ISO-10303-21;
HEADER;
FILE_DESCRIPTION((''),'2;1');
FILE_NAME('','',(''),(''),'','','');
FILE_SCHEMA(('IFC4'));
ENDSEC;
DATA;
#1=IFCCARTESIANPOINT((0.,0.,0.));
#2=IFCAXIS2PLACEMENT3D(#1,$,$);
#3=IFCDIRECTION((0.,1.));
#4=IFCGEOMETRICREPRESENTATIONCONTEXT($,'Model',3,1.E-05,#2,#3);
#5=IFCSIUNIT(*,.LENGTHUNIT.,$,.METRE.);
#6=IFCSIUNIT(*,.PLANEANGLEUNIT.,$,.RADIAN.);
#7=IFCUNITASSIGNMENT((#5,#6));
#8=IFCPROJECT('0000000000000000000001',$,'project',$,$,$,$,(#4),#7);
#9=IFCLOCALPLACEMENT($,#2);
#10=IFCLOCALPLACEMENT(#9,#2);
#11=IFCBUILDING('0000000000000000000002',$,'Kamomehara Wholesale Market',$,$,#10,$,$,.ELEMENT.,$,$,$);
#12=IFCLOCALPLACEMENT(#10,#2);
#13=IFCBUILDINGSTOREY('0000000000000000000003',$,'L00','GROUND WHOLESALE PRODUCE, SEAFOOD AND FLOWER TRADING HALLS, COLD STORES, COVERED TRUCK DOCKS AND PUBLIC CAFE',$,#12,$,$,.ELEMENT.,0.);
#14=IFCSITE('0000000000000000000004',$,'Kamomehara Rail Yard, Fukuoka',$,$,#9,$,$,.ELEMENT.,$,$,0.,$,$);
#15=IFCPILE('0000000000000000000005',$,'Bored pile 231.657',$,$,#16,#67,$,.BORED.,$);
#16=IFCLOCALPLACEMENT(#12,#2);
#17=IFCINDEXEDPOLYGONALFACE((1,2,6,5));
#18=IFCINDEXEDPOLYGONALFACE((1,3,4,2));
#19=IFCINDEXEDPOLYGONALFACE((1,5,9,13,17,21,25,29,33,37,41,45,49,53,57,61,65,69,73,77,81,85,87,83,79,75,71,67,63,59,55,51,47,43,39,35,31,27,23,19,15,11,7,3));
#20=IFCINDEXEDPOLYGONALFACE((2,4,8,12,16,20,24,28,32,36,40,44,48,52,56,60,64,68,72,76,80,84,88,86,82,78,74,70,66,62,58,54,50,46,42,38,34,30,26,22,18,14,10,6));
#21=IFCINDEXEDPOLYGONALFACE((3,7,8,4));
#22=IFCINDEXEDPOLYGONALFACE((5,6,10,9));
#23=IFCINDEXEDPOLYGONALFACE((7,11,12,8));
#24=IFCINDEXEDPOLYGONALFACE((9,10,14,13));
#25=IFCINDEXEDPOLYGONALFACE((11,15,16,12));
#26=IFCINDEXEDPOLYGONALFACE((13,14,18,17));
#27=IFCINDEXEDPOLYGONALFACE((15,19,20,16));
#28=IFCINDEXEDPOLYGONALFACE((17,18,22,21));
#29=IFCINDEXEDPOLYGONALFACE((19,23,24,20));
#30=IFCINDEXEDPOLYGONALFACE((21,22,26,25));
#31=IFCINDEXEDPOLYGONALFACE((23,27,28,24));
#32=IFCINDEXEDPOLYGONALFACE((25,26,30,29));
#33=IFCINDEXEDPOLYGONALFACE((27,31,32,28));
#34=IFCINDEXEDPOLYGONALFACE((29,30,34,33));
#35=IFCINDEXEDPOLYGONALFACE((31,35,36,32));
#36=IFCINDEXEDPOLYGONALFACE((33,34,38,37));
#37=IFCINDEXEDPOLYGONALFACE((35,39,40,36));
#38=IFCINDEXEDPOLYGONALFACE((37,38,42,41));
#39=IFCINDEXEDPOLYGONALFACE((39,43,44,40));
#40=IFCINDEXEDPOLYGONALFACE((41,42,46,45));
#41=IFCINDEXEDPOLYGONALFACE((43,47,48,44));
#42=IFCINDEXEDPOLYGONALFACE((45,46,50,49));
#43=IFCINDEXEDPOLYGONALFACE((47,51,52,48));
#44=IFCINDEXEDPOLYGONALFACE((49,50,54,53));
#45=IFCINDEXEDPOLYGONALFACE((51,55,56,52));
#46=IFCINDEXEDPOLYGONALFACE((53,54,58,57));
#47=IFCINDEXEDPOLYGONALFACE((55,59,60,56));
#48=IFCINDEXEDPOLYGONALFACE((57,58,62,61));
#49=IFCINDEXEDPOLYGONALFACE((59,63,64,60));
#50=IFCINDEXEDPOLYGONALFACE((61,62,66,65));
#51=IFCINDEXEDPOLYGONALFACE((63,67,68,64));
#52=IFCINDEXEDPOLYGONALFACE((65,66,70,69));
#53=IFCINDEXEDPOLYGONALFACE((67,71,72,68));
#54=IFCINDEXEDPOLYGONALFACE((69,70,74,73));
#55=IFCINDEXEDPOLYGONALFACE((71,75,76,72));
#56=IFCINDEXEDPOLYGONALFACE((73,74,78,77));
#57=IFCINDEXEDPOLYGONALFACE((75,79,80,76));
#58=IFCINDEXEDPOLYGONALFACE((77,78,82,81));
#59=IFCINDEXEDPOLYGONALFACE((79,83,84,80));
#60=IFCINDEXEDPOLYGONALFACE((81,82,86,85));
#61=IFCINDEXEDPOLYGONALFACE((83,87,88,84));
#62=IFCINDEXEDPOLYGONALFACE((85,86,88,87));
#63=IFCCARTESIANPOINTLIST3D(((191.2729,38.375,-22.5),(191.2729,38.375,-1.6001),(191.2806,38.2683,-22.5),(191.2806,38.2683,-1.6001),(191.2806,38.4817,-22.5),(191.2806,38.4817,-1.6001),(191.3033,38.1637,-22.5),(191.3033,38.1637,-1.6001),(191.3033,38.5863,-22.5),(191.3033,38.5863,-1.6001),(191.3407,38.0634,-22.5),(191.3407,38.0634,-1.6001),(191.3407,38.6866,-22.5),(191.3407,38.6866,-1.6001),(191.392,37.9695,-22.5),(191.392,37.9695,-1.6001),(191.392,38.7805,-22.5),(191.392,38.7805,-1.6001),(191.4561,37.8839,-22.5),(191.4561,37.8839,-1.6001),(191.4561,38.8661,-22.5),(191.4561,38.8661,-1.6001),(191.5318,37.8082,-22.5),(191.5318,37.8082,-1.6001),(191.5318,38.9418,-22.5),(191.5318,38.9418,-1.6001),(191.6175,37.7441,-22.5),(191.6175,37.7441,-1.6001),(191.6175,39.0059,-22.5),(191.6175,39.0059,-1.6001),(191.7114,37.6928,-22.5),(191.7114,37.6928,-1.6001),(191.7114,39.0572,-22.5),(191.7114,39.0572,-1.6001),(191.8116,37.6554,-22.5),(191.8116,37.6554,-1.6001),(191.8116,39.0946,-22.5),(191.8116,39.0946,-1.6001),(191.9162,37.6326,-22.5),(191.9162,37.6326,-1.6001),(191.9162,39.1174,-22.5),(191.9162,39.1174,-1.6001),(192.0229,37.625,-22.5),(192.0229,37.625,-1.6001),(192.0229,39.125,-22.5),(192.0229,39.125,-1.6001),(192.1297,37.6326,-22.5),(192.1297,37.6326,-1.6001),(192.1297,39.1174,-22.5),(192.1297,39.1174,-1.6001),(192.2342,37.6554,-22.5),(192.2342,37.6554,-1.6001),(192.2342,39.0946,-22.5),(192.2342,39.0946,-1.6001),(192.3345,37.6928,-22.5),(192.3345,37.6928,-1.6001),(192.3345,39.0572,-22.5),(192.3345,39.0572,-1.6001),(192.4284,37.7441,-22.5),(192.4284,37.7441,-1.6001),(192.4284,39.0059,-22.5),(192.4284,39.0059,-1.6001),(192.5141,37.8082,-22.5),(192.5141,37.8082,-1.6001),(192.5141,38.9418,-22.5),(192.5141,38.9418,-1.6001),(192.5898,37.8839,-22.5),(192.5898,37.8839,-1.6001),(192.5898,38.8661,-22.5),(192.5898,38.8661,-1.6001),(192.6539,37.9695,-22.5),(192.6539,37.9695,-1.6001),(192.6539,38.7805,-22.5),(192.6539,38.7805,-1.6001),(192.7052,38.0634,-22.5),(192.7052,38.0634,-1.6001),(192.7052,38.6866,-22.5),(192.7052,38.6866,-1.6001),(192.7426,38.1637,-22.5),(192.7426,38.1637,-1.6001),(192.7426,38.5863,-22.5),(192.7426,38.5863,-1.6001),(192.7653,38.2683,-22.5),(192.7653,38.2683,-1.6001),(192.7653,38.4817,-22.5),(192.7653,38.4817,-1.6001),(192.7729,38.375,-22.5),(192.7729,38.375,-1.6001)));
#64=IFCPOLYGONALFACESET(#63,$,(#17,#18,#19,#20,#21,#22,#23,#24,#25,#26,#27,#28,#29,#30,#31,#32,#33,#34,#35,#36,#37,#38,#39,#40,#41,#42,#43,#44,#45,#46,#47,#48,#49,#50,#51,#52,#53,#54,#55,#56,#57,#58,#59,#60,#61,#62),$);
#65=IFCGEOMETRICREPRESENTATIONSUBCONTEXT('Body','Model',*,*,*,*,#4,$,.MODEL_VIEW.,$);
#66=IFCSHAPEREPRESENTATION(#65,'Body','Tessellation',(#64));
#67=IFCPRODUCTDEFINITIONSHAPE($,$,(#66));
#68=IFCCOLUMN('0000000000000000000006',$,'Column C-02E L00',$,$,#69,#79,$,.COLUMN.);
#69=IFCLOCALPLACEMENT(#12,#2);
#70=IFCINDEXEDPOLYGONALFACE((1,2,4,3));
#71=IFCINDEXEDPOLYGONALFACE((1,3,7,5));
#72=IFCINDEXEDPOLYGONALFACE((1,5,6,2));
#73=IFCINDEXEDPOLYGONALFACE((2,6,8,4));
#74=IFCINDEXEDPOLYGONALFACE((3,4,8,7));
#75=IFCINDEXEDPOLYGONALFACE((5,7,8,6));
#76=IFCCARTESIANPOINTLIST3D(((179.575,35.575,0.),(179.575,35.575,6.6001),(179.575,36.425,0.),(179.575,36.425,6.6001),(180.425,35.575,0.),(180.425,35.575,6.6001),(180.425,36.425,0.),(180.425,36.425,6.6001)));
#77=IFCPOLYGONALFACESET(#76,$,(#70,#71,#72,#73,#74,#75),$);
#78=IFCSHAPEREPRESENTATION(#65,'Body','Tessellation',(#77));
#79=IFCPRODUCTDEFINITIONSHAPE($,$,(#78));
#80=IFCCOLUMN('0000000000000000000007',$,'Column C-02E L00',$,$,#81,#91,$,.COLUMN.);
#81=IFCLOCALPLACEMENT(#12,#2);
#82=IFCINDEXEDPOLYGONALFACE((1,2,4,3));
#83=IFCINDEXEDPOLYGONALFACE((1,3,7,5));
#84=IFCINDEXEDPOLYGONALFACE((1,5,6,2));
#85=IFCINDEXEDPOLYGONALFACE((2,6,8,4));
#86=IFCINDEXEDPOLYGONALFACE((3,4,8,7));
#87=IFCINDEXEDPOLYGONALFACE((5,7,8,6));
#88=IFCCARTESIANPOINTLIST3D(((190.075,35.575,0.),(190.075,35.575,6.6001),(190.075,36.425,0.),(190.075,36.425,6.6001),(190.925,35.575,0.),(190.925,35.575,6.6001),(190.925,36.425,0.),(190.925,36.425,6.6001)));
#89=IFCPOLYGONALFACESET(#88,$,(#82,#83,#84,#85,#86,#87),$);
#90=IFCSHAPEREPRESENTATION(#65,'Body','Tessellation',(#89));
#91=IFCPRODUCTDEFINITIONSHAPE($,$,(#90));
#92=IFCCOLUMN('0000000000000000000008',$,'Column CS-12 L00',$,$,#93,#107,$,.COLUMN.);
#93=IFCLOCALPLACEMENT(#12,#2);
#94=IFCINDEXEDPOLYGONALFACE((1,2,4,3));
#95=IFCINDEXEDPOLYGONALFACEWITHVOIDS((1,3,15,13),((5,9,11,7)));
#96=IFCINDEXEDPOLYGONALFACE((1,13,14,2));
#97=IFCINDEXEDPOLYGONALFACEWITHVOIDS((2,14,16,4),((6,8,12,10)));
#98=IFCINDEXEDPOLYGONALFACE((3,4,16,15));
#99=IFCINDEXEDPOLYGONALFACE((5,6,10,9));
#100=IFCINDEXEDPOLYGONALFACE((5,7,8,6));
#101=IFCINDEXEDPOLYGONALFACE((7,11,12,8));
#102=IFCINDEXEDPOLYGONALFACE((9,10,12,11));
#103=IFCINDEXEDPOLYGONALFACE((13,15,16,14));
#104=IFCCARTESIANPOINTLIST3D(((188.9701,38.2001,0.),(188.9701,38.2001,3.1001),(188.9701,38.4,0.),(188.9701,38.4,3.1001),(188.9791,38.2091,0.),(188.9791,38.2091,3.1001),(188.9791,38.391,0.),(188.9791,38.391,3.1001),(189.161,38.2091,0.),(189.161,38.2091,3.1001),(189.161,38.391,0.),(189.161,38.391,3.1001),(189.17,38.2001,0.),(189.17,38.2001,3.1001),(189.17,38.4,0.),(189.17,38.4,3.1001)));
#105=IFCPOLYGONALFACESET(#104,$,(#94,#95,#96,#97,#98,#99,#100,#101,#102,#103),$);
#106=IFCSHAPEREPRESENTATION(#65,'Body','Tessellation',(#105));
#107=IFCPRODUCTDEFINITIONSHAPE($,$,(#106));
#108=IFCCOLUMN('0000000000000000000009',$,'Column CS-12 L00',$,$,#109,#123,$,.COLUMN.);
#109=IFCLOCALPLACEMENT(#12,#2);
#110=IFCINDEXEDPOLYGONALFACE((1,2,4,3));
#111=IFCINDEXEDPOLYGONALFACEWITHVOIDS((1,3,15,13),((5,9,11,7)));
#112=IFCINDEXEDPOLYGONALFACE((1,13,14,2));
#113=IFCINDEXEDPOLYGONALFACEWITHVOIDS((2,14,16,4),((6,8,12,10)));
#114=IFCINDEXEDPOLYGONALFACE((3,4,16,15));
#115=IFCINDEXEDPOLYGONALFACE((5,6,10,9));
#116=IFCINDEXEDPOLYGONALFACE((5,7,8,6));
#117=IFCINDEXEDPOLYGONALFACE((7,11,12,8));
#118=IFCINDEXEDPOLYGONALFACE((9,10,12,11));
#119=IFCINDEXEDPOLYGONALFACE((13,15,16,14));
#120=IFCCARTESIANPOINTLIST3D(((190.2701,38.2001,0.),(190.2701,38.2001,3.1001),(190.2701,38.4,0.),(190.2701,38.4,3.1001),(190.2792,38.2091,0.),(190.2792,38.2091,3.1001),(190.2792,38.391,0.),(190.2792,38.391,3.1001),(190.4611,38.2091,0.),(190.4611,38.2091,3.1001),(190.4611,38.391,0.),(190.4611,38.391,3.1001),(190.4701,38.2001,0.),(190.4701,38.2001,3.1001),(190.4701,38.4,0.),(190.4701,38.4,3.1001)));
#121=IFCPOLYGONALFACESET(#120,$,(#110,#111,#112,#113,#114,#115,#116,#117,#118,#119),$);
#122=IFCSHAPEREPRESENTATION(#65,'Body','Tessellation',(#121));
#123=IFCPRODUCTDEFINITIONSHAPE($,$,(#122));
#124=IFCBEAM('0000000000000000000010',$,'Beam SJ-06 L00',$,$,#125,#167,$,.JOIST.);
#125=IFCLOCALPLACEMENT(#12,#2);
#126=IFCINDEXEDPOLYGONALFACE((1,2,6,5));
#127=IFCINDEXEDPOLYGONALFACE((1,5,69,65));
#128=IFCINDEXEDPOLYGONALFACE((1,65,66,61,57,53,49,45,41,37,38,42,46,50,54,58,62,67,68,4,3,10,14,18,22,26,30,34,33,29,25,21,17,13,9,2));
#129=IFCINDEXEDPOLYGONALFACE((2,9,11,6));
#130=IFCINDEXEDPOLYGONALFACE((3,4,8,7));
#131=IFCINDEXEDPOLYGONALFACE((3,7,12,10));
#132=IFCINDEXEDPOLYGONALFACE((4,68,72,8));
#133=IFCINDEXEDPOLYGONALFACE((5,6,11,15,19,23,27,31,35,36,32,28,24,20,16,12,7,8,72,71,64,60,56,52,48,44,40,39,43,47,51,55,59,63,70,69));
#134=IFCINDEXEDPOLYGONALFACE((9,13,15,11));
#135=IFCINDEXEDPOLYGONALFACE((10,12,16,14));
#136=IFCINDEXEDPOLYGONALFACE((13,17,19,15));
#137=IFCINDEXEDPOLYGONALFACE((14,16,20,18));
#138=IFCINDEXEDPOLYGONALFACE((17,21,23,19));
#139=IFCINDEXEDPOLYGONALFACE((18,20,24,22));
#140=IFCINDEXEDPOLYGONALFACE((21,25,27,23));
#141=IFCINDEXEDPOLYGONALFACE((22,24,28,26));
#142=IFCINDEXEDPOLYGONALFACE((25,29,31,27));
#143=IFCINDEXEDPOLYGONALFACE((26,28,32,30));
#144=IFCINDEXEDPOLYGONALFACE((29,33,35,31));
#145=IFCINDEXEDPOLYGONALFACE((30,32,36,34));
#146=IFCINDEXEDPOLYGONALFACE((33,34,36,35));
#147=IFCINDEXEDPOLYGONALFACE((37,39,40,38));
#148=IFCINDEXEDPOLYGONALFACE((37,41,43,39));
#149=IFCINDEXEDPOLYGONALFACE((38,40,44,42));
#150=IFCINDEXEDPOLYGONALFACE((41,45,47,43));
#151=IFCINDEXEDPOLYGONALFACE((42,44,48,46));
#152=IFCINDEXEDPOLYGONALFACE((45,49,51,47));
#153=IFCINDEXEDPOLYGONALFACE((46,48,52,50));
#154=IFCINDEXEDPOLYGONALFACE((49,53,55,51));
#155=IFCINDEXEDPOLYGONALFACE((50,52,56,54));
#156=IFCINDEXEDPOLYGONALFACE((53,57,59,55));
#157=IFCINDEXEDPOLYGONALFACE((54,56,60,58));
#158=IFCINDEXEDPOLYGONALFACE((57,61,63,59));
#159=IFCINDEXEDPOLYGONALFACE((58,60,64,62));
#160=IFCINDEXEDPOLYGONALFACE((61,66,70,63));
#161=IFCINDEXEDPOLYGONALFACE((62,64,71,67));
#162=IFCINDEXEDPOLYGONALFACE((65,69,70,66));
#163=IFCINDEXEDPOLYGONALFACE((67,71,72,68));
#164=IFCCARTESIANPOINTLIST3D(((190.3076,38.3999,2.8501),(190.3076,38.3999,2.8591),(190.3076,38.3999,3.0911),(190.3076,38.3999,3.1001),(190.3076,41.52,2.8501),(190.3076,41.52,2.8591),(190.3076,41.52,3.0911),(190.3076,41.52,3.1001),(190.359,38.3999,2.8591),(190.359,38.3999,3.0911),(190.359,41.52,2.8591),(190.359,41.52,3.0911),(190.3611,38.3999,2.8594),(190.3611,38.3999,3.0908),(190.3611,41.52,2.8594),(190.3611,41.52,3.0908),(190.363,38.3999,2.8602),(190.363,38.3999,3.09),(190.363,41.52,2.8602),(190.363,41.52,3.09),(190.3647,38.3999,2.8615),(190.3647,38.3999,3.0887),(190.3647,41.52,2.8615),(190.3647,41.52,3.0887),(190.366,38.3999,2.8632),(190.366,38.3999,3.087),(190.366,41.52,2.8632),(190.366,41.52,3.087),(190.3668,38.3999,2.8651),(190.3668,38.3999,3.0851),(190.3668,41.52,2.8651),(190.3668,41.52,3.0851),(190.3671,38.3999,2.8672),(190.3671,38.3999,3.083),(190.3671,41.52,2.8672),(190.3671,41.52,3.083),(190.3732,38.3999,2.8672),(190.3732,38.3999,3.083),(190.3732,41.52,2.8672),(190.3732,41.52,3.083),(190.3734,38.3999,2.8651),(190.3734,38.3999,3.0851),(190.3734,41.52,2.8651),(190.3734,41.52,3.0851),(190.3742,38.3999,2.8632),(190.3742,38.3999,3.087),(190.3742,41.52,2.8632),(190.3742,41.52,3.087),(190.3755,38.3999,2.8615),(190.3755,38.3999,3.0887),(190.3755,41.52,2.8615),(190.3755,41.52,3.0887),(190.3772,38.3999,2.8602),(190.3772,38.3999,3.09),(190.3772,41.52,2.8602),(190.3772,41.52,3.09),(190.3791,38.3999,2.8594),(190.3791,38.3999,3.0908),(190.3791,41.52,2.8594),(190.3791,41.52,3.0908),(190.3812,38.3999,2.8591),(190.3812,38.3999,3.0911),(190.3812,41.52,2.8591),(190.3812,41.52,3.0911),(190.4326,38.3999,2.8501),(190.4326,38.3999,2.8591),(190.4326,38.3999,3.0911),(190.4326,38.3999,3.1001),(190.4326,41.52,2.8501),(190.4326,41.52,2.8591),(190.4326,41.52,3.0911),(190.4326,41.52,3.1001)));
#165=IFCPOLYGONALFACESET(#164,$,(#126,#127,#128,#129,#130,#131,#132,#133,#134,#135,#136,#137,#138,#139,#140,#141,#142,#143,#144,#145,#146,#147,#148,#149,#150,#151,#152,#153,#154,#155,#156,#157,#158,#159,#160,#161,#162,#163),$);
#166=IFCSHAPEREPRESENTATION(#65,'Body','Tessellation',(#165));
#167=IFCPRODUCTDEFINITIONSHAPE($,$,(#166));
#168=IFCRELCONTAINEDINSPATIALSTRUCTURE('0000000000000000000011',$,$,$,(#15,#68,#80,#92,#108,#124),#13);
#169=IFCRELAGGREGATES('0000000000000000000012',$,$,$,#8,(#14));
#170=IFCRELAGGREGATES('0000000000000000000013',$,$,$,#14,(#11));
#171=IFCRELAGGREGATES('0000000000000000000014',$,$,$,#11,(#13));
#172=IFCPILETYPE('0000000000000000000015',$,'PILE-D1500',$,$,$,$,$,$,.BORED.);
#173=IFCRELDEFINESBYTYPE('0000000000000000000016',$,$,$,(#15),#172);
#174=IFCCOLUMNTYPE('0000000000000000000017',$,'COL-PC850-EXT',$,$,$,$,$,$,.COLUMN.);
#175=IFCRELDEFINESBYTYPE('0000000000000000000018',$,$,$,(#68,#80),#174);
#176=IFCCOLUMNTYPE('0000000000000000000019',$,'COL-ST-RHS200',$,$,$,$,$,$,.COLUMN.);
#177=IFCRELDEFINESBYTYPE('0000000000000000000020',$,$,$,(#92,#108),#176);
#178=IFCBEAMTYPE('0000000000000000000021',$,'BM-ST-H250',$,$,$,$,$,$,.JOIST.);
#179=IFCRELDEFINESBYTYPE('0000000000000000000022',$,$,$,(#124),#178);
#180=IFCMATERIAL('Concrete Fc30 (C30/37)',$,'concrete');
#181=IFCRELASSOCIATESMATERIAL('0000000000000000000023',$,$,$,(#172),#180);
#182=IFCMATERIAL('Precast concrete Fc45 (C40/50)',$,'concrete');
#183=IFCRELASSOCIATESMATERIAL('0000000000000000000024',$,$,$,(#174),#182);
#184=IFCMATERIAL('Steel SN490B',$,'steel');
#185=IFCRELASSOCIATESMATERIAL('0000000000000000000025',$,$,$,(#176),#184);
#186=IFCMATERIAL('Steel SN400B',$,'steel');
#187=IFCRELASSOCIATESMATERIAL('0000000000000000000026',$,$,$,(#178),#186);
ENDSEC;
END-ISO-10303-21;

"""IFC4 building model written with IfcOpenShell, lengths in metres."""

from ifc_helpers import new_model, si_unit, direction, frame, origin, origin_2d, place, context, subcontext, project, spatial, rectangle, hollow_rectangle, circle, i_section, extrude, material, material_profile, profile_set, type_object, element, save


model = new_model("IFC4")

# Units and contexts
model_context = context("Model", 3, precision=1e-05, world=origin(), true_north=direction((0.0, 1.0)))
body_context = subcontext(model_context, "Body", "Model", "MODEL_VIEW")
ifc_project = project(units=[si_unit("LENGTHUNIT", "METRE"), si_unit("PLANEANGLEUNIT", "RADIAN")], contexts=[model_context])

# Site, building, storey
site_placement = place(None, origin())
site = spatial("IfcSite", under=ifc_project, at=site_placement, Name="Kamomehara Rail Yard, Fukuoka", CompositionType="ELEMENT", RefElevation=0.0)
building_placement = place(site_placement, origin())
building = spatial("IfcBuilding", under=site, at=building_placement, Name="Kamomehara Wholesale Market", CompositionType="ELEMENT")
storey_placement = place(building_placement, origin())
storey = spatial("IfcBuildingStorey", under=building, at=storey_placement, Name="L00", Description="GROUND WHOLESALE PRODUCE, SEAFOOD AND FLOWER TRADING HALLS, COLD STORES, COVERED TRUCK DOCKS AND PUBLIC CAFE", CompositionType="ELEMENT", Elevation=0.0)

# Pile
ifc_material_1 = material(Name="Concrete Fc30 (C30/37)", Category="concrete")
ifc_material_profile_1 = material_profile(ifc_material_1, circle(Radius=0.75, at=origin_2d()), Name="RC-PILE-D1500")
ifc_profile_set_1 = profile_set([ifc_material_profile_1], Name="Concrete Fc30 (C30/37)")
pile_type_1 = type_object("IfcPileType", Name="PILE-D1500", PredefinedType="BORED", material=ifc_profile_set_1)
for number, where, z_axis, x_axis, name in (
    (1, (192.0229, 38.375, -1.6001), (0.0, 0.0, -1.0), (1.0, 0.0, 0.0), "Bored pile 231.657"),
):
    element("IfcPile", number, at=place(storey_placement, frame(where, z_axis=z_axis, x_axis=x_axis)), inside=storey, type_object=pile_type_1, Name=name, PredefinedType="BORED", context=body_context, shape_type="SweptSolid", body=[
        extrude(circle(Radius=0.75, at=origin_2d()), origin(), (0.0, 0.0, 1.0), 20.8999),
    ])

# Columns
ifc_material_2 = material(Name="Precast concrete Fc45 (C40/50)", Category="concrete")
ifc_material_profile_2 = material_profile(ifc_material_2, rectangle(XDim=0.8501, YDim=0.8501, at=origin_2d()), Name="PC-COL-850x850")
ifc_profile_set_2 = profile_set([ifc_material_profile_2], Name="Precast concrete Fc45 (C40/50)")
column_type_1 = type_object("IfcColumnType", Name="COL-PC850-EXT", PredefinedType="COLUMN", material=ifc_profile_set_2)
for number, where, z_axis, x_axis, name in (
    (2, (180.0, 36.0, 0.0), (0.0, 0.0, 1.0), (1.0, 0.0, 0.0), "Column C-02E L00"),
    (3, (190.5, 36.0, 0.0), (0.0, 0.0, 1.0), (1.0, 0.0, 0.0), "Column C-02E L00"),
):
    element("IfcColumn", number, at=place(storey_placement, frame(where, z_axis=z_axis, x_axis=x_axis)), inside=storey, type_object=column_type_1, Name=name, PredefinedType="COLUMN", context=body_context, shape_type="SweptSolid", body=[
        extrude(rectangle(XDim=0.8501, YDim=0.8501, at=origin_2d()), origin(), (0.0, 0.0, 1.0), 6.6001),
    ])
ifc_material_3 = material(Name="Steel SN490B", Category="steel")
ifc_material_profile_3 = material_profile(ifc_material_3, hollow_rectangle(XDim=0.2, YDim=0.2, WallThickness=0.009, at=origin_2d()), Name="RHS-200x200x9")
ifc_profile_set_3 = profile_set([ifc_material_profile_3], Name="Steel SN490B")
column_type_2 = type_object("IfcColumnType", Name="COL-ST-RHS200", PredefinedType="COLUMN", material=ifc_profile_set_3)
for number, where, z_axis, x_axis, name in (
    (4, (189.0701, 38.3, 0.0), (0.0, 0.0, 1.0), (1.0, 0.0, 0.0), "Column CS-12 L00"),
    (5, (190.3701, 38.3, 0.0), (0.0, 0.0, 1.0), (1.0, 0.0, 0.0), "Column CS-12 L00"),
):
    element("IfcColumn", number, at=place(storey_placement, frame(where, z_axis=z_axis, x_axis=x_axis)), inside=storey, type_object=column_type_2, Name=name, PredefinedType="COLUMN", context=body_context, shape_type="SweptSolid", body=[
        extrude(hollow_rectangle(XDim=0.2, YDim=0.2, WallThickness=0.009, at=origin_2d()), origin(), (0.0, 0.0, 1.0), 3.1001),
    ])

# Beam
ifc_material_4 = material(Name="Steel SN400B", Category="steel")
ifc_material_profile_4 = material_profile(ifc_material_4, i_section(OverallWidth=0.125, OverallDepth=0.25, WebThickness=0.0061, FlangeThickness=0.009, FilletRadius=0.0081, at=origin_2d()), Name="H-250x125x6x9")
ifc_profile_set_4 = profile_set([ifc_material_profile_4], Name="Steel SN400B")
beam_type = type_object("IfcBeamType", Name="BM-ST-H250", PredefinedType="JOIST", material=ifc_profile_set_4)
beam_1_placement = place(storey_placement, frame((190.3701, 38.3999, 2.9751), z_axis=(0.0, 1.0, 0.0), x_axis=(-1.0, 0.0, 0.0)))
element("IfcBeam", 6, at=beam_1_placement, inside=storey, type_object=beam_type, Name="Beam SJ-06 L00", PredefinedType="JOIST", context=body_context, shape_type="SweptSolid", body=[
    extrude(i_section(OverallWidth=0.125, OverallDepth=0.25, WebThickness=0.0061, FlangeThickness=0.009, FilletRadius=0.0081, at=origin_2d()), origin(), (0.0, 0.0, 1.0), 3.1201),
])

save(model, "model.ifc")
